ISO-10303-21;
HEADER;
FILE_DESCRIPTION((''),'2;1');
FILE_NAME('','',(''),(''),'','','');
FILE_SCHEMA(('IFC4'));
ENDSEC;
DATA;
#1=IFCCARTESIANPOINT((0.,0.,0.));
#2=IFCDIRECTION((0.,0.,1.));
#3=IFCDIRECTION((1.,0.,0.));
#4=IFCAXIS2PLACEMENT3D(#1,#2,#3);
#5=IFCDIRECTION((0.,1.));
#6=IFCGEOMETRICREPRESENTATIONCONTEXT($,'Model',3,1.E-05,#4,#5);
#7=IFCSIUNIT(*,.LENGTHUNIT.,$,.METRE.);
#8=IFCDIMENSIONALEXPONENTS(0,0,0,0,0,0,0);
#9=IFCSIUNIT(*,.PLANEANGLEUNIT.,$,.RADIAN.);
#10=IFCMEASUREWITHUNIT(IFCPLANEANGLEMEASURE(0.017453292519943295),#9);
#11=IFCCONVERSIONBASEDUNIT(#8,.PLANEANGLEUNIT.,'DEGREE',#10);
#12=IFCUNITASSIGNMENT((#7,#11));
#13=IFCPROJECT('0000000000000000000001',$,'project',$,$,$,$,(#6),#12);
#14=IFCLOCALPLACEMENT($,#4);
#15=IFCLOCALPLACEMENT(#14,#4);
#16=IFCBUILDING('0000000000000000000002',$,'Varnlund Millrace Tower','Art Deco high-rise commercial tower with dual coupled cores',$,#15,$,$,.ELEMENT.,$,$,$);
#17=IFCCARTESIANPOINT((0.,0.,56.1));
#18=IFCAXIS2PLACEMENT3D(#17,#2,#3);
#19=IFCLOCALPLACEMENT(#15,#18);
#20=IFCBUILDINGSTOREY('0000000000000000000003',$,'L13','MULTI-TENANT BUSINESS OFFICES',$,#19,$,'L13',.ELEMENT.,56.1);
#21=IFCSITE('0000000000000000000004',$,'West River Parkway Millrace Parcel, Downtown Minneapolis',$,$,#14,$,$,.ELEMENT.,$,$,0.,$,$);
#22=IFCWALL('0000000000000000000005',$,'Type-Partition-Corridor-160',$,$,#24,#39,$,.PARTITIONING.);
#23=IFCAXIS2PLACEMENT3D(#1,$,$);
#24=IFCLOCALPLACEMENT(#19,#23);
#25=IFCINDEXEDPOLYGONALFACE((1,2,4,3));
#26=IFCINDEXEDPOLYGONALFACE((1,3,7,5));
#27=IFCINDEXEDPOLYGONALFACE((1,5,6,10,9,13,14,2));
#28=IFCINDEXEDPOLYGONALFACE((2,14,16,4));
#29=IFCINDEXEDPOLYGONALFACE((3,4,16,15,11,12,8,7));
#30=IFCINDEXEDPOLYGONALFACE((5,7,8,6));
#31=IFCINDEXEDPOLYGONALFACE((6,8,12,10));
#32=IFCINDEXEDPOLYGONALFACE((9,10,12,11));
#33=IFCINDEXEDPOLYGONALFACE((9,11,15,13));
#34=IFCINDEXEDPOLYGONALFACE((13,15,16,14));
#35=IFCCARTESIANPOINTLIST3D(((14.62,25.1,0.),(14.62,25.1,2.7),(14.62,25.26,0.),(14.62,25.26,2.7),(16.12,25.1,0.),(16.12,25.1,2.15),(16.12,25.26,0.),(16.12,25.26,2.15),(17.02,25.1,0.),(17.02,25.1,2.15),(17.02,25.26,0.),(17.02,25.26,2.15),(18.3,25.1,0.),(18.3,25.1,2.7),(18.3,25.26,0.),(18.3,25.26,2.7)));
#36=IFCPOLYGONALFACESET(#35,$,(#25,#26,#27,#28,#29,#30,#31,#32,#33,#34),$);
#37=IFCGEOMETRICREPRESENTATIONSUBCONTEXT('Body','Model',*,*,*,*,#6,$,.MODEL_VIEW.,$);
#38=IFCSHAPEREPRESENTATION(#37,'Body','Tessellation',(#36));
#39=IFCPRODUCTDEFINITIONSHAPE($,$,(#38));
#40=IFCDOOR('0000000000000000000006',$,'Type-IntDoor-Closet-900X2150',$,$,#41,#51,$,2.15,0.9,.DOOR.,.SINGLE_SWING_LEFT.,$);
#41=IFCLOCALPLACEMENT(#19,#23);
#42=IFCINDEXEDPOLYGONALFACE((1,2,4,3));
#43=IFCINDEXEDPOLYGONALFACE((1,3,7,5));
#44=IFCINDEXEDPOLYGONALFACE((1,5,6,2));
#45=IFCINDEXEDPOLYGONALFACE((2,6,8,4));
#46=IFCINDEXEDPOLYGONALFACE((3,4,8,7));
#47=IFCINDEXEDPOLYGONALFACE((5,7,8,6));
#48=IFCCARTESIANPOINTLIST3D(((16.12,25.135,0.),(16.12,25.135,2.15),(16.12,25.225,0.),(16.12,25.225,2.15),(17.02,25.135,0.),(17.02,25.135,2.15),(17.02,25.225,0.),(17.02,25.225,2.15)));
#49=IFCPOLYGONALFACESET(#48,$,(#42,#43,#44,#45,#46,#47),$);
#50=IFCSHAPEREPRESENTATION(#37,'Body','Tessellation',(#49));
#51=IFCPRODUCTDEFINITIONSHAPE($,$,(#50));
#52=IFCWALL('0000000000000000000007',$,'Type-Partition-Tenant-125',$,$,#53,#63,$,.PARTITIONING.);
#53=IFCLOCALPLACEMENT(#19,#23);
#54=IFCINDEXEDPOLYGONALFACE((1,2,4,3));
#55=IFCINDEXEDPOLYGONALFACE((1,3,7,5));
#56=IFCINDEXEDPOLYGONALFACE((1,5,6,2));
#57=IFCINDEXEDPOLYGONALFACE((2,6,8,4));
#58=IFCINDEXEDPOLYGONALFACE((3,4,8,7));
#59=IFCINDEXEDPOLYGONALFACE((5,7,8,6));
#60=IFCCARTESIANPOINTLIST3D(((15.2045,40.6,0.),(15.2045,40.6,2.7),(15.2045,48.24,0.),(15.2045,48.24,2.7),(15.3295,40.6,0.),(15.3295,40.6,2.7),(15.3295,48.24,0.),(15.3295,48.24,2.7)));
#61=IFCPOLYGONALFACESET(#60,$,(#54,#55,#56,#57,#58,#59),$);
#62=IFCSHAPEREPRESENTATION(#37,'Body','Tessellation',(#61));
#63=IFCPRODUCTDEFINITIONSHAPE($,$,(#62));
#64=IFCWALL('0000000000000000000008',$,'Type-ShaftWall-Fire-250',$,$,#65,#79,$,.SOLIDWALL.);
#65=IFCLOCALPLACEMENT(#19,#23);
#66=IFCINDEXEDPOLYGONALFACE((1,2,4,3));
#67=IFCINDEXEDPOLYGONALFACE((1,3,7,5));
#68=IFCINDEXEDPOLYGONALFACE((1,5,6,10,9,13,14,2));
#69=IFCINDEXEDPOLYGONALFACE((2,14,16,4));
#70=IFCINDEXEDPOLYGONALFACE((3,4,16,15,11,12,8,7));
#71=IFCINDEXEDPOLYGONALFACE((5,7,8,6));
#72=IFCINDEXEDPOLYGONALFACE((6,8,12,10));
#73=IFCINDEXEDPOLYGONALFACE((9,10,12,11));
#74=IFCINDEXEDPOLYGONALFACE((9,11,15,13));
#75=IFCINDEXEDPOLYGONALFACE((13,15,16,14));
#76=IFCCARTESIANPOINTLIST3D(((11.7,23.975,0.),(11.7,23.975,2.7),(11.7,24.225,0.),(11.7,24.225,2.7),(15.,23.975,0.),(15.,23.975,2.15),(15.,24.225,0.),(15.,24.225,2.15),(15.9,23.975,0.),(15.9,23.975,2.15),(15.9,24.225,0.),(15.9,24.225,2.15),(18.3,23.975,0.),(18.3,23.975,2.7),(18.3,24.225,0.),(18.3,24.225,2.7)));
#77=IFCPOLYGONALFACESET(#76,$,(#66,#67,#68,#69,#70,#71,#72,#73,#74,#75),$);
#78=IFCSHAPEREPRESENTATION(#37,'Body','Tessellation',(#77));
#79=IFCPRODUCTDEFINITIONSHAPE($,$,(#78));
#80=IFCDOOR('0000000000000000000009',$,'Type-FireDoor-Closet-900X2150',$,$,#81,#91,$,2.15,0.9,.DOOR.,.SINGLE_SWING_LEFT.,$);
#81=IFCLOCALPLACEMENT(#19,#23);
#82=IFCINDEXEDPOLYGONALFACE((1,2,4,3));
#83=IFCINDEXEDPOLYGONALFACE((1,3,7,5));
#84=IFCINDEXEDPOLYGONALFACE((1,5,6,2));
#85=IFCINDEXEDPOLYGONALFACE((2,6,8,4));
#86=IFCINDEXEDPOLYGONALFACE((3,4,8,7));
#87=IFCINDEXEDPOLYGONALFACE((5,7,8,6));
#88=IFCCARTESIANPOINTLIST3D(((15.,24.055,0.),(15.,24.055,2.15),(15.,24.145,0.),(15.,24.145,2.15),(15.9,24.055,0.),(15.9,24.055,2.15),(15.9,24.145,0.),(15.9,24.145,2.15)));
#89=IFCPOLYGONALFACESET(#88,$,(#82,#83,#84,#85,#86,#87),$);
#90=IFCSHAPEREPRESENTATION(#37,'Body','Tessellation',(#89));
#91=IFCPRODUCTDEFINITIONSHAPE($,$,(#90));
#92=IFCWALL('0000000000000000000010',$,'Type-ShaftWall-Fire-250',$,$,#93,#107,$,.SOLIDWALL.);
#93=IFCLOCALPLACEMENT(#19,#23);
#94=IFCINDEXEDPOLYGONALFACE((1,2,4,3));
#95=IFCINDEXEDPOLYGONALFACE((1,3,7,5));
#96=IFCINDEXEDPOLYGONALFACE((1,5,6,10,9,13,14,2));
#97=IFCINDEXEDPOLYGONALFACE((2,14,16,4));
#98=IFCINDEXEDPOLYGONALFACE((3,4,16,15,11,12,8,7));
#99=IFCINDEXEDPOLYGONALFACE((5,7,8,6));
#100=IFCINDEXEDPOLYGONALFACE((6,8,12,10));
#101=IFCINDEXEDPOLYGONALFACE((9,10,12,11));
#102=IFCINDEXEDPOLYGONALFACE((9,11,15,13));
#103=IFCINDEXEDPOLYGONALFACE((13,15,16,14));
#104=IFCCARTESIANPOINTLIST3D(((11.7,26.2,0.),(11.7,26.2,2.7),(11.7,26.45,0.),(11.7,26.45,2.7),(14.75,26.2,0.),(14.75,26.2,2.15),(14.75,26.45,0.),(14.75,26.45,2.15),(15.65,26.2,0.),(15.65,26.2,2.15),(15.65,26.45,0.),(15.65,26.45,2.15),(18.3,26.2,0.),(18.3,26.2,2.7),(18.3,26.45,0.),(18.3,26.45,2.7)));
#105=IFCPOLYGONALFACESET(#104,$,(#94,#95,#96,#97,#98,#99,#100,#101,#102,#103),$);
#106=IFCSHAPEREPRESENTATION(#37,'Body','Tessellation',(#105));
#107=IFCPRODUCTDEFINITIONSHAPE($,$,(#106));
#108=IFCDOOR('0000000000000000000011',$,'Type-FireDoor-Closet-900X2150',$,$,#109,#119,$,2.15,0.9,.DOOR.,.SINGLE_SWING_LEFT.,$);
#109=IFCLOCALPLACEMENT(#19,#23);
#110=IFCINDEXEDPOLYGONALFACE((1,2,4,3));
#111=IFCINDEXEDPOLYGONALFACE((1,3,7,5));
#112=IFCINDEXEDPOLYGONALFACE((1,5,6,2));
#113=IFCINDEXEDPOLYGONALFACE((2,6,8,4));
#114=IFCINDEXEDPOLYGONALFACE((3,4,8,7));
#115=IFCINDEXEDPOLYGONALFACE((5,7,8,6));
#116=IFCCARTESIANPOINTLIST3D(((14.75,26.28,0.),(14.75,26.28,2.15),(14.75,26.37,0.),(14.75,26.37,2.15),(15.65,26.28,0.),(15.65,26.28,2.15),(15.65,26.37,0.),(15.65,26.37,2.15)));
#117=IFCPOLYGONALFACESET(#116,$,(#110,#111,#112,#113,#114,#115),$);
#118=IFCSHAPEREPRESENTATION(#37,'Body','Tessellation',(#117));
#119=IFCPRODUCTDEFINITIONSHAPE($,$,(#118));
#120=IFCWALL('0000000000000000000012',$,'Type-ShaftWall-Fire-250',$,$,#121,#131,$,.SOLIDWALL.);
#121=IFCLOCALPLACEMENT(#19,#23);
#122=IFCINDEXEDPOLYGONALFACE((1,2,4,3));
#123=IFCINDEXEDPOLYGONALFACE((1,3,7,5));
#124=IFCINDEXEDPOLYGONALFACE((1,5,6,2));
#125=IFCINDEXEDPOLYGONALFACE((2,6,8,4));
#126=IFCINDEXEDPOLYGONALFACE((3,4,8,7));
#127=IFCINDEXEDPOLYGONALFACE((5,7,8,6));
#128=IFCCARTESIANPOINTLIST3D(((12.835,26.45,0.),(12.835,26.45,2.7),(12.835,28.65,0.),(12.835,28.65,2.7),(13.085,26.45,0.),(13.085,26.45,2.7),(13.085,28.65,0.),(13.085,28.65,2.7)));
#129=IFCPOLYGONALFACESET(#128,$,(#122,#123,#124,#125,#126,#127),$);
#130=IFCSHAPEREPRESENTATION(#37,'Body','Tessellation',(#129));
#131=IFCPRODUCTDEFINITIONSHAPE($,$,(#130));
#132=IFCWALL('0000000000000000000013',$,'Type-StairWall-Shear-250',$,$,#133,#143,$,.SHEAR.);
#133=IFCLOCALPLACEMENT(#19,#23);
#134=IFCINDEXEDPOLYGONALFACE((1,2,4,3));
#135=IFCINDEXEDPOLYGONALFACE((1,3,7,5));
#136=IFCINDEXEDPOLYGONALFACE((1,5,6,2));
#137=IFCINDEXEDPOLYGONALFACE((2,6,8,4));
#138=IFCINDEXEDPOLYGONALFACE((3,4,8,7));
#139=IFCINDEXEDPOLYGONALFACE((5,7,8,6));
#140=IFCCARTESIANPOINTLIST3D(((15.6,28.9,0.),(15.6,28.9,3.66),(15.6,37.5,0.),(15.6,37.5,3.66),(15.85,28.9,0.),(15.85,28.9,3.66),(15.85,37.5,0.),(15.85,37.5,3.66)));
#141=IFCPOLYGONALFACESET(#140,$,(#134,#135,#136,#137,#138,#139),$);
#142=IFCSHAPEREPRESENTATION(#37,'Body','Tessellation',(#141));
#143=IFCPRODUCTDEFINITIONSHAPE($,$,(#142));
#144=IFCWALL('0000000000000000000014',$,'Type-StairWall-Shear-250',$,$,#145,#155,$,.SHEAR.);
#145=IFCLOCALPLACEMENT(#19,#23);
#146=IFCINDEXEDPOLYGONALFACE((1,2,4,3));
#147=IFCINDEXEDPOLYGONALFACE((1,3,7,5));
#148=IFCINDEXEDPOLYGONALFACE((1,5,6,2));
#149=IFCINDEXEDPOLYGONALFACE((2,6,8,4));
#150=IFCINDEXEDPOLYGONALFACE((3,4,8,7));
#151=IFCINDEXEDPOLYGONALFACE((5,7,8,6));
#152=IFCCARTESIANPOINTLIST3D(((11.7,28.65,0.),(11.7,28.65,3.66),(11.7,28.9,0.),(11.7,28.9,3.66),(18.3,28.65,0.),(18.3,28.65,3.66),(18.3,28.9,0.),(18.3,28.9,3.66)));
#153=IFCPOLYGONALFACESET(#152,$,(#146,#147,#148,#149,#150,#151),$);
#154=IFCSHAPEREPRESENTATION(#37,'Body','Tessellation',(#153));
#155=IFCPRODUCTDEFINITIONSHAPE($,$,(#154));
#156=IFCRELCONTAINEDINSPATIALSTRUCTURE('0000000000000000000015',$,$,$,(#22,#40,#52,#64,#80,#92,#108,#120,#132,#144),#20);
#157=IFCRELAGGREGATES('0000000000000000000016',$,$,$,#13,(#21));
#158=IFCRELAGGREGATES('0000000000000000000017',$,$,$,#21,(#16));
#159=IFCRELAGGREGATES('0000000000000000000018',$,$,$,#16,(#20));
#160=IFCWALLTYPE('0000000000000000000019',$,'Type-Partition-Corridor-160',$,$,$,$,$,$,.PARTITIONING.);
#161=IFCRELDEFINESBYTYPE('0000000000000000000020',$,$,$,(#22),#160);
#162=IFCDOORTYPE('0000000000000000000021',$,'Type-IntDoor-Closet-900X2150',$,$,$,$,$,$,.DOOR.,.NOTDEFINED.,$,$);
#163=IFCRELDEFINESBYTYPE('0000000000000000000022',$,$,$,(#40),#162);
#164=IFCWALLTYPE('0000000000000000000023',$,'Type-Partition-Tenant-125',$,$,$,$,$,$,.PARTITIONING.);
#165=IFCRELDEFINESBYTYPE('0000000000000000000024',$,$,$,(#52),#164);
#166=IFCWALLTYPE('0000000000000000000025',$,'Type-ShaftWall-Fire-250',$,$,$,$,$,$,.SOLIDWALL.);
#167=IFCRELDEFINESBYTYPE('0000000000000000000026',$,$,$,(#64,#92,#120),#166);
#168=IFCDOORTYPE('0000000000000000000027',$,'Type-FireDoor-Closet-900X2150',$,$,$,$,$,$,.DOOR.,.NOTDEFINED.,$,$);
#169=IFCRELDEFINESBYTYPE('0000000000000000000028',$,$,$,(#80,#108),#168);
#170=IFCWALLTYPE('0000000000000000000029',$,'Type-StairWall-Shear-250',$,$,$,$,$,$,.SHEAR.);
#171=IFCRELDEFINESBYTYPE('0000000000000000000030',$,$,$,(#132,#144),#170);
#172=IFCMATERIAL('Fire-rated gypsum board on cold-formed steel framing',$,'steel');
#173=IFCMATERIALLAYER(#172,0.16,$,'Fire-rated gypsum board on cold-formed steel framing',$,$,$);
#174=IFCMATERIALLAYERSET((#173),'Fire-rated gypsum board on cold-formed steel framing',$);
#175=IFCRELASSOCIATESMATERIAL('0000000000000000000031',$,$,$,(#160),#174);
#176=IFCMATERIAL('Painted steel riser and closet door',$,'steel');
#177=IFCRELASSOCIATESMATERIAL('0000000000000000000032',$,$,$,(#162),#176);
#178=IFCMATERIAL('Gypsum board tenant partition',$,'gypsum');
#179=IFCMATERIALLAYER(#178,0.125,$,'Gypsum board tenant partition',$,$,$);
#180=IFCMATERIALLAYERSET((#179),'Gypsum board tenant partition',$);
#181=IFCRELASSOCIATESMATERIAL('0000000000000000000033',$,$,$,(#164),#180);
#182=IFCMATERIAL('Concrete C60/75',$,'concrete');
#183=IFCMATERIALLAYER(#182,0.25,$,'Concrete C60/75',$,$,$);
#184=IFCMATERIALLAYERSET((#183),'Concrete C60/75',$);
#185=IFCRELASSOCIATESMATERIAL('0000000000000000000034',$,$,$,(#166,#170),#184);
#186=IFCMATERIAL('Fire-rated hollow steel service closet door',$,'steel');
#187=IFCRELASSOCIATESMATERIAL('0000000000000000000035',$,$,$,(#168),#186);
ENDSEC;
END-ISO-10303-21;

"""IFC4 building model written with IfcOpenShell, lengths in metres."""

from ifc_helpers import new_model, entity, si_unit, converted_unit, direction, frame, origin_with_axes, origin_2d_with_axis, place, context, subcontext, project, spatial, polyline, rectangle, outline, extrude, material, layer, layer_set, type_object, element, fill, save


model = new_model("IFC4")

# Units and contexts
model_context = context("Model", 3, precision=1e-05, world=origin_with_axes(), true_north=direction((0.0, 1.0)))
body_context = subcontext(model_context, "Body", "Model", "MODEL_VIEW")
ifc_project = project(units=[si_unit("LENGTHUNIT", "METRE"), converted_unit("PLANEANGLEUNIT", "DEGREE", entity("IfcPlaneAngleMeasure", 0.017453292519943295), si_unit("PLANEANGLEUNIT", "RADIAN"), dimensions=[0, 0, 0, 0, 0, 0, 0])], contexts=[model_context])

# Site, building, storey
site_placement = place(None, origin_with_axes())
site = spatial("IfcSite", under=ifc_project, at=site_placement, Name="West River Parkway Millrace Parcel, Downtown Minneapolis", CompositionType="ELEMENT", RefElevation=0.0)
building_placement = place(site_placement, origin_with_axes())
building = spatial("IfcBuilding", under=site, at=building_placement, Name="Varnlund Millrace Tower", Description="Art Deco high-rise commercial tower with dual coupled cores", CompositionType="ELEMENT")
storey_placement = place(building_placement, frame((0.0, 0.0, 56.1), z_axis=(0.0, 0.0, 1.0), x_axis=(1.0, 0.0, 0.0)))
storey = spatial("IfcBuildingStorey", under=building, at=storey_placement, Name="L13", Description="MULTI-TENANT BUSINESS OFFICES", LongName="L13", CompositionType="ELEMENT", Elevation=56.1)

# Wall, opening, door
ifc_material_1 = material(Name="Fire-rated gypsum board on cold-formed steel framing", Category="steel")
ifc_layer_1 = layer(ifc_material_1, 0.16, Name="Fire-rated gypsum board on cold-formed steel framing")
ifc_layer_set_1 = layer_set([ifc_layer_1], Name="Fire-rated gypsum board on cold-formed steel framing")
wall_type_1 = type_object("IfcWallType", Name="Type-Partition-Corridor-160", PredefinedType="PARTITIONING", material=ifc_layer_set_1)
wall_1_placement = place(storey_placement, frame((14.62, 25.18, 0.0), z_axis=(0.0, 0.0, 1.0), x_axis=(1.0, 0.0, 0.0)))
wall_1 = element("IfcWall", 1, at=wall_1_placement, inside=storey, type_object=wall_type_1, Name="Type-Partition-Corridor-160", PredefinedType="PARTITIONING", context=body_context, shape_type="SweptSolid", body=[
    extrude(outline(polyline([(0.0, -0.08), (3.68, -0.08), (3.68, 0.08), (0.0, 0.08), (0.0, -0.08)])), origin_with_axes(), (0.0, 0.0, 1.0), 2.7),
])
opening_1_placement = place(wall_1_placement, frame((1.95, 0.0, 0.0), z_axis=(0.0, 0.0, 1.0), x_axis=(1.0, 0.0, 0.0)))
opening_1 = element("IfcOpeningElement", 2, at=opening_1_placement, cuts=wall_1, PredefinedType="OPENING", context=body_context, shape_type="SweptSolid", body=[
    extrude(rectangle(XDim=0.9, YDim=0.18, at=origin_2d_with_axis()), origin_with_axes(), (0.0, 0.0, 1.0), 2.15),
])
ifc_material_2 = material(Name="Painted steel riser and closet door", Category="steel")
door_type_1 = type_object("IfcDoorType", Name="Type-IntDoor-Closet-900X2150", OperationType="NOTDEFINED", PredefinedType="DOOR", material=ifc_material_2)
door_1_placement = place(wall_1_placement, frame((1.95, 0.0, 0.0), z_axis=(0.0, 0.0, 1.0), x_axis=(1.0, 0.0, 0.0)))
door_1 = element("IfcDoor", 3, at=door_1_placement, inside=storey, type_object=door_type_1, Name="Type-IntDoor-Closet-900X2150", OperationType="SINGLE_SWING_LEFT", OverallHeight=2.15, OverallWidth=0.9, PredefinedType="DOOR", context=body_context, shape_type="SweptSolid", body=[
    extrude(rectangle(XDim=0.9, YDim=0.09, at=origin_2d_with_axis()), origin_with_axes(), (0.0, 0.0, 1.0), 2.15),
])
fill(opening_1, door_1)

# Wall
ifc_material_3 = material(Name="Gypsum board tenant partition", Category="gypsum")
ifc_layer_2 = layer(ifc_material_3, 0.125, Name="Gypsum board tenant partition")
ifc_layer_set_2 = layer_set([ifc_layer_2], Name="Gypsum board tenant partition")
wall_type_2 = type_object("IfcWallType", Name="Type-Partition-Tenant-125", PredefinedType="PARTITIONING", material=ifc_layer_set_2)
wall_2_placement = place(storey_placement, frame((15.267, 40.6, 0.0), z_axis=(0.0, 0.0, 1.0), x_axis=(0.0, 1.0, 0.0)))
element("IfcWall", 4, at=wall_2_placement, inside=storey, type_object=wall_type_2, Name="Type-Partition-Tenant-125", PredefinedType="PARTITIONING", context=body_context, shape_type="SweptSolid", body=[
    extrude(outline(polyline([(0.0, -0.0625), (7.64, -0.0625), (7.64, 0.0625), (0.0, 0.0625), (0.0, -0.0625)])), origin_with_axes(), (0.0, 0.0, 1.0), 2.7),
])

# Walls, openings, doors
ifc_material_4 = material(Name="Concrete C60/75", Category="concrete")
ifc_layer_3 = layer(ifc_material_4, 0.25, Name="Concrete C60/75")
ifc_layer_set_3 = layer_set([ifc_layer_3], Name="Concrete C60/75")
wall_type_3 = type_object("IfcWallType", Name="Type-ShaftWall-Fire-250", PredefinedType="SOLIDWALL", material=ifc_layer_set_3)
wall_3_placement = place(storey_placement, frame((11.7, 24.1, 0.0), z_axis=(0.0, 0.0, 1.0), x_axis=(1.0, 0.0, 0.0)))
wall_3 = element("IfcWall", 5, at=wall_3_placement, inside=storey, type_object=wall_type_3, Name="Type-ShaftWall-Fire-250", PredefinedType="SOLIDWALL", context=body_context, shape_type="SweptSolid", body=[
    extrude(outline(polyline([(0.0, -0.125), (6.6, -0.125), (6.6, 0.125), (0.0, 0.125), (0.0, -0.125)])), origin_with_axes(), (0.0, 0.0, 1.0), 2.7),
])
opening_2_placement = place(wall_3_placement, frame((3.75, 0.0, 0.0), z_axis=(0.0, 0.0, 1.0), x_axis=(1.0, 0.0, 0.0)))
opening_2 = element("IfcOpeningElement", 6, at=opening_2_placement, cuts=wall_3, PredefinedType="OPENING", context=body_context, shape_type="SweptSolid", body=[
    extrude(rectangle(XDim=0.9, YDim=0.27, at=origin_2d_with_axis()), origin_with_axes(), (0.0, 0.0, 1.0), 2.15),
])
ifc_material_5 = material(Name="Fire-rated hollow steel service closet door", Category="steel")
door_type_2 = type_object("IfcDoorType", Name="Type-FireDoor-Closet-900X2150", OperationType="NOTDEFINED", PredefinedType="DOOR", material=ifc_material_5)
door_2_placement = place(wall_3_placement, frame((3.75, 0.0, 0.0), z_axis=(0.0, 0.0, 1.0), x_axis=(1.0, 0.0, 0.0)))
door_2 = element("IfcDoor", 7, at=door_2_placement, inside=storey, type_object=door_type_2, Name="Type-FireDoor-Closet-900X2150", OperationType="SINGLE_SWING_LEFT", OverallHeight=2.15, OverallWidth=0.9, PredefinedType="DOOR", context=body_context, shape_type="SweptSolid", body=[
    extrude(rectangle(XDim=0.9, YDim=0.09, at=origin_2d_with_axis()), origin_with_axes(), (0.0, 0.0, 1.0), 2.15),
])
fill(opening_2, door_2)
wall_4_placement = place(storey_placement, frame((11.7, 26.325, 0.0), z_axis=(0.0, 0.0, 1.0), x_axis=(1.0, 0.0, 0.0)))
wall_4 = element("IfcWall", 8, at=wall_4_placement, inside=storey, type_object=wall_type_3, Name="Type-ShaftWall-Fire-250", PredefinedType="SOLIDWALL", context=body_context, shape_type="SweptSolid", body=[
    extrude(outline(polyline([(0.0, -0.125), (6.6, -0.125), (6.6, 0.125), (0.0, 0.125), (0.0, -0.125)])), origin_with_axes(), (0.0, 0.0, 1.0), 2.7),
])
opening_3_placement = place(wall_4_placement, frame((3.5, 0.0, 0.0), z_axis=(0.0, 0.0, 1.0), x_axis=(1.0, 0.0, 0.0)))
opening_3 = element("IfcOpeningElement", 9, at=opening_3_placement, cuts=wall_4, PredefinedType="OPENING", context=body_context, shape_type="SweptSolid", body=[
    extrude(rectangle(XDim=0.9, YDim=0.27, at=origin_2d_with_axis()), origin_with_axes(), (0.0, 0.0, 1.0), 2.15),
])
door_3_placement = place(wall_4_placement, frame((3.5, 0.0, 0.0), z_axis=(0.0, 0.0, 1.0), x_axis=(1.0, 0.0, 0.0)))
door_3 = element("IfcDoor", 10, at=door_3_placement, inside=storey, type_object=door_type_2, Name="Type-FireDoor-Closet-900X2150", OperationType="SINGLE_SWING_LEFT", OverallHeight=2.15, OverallWidth=0.9, PredefinedType="DOOR", context=body_context, shape_type="SweptSolid", body=[
    extrude(rectangle(XDim=0.9, YDim=0.09, at=origin_2d_with_axis()), origin_with_axes(), (0.0, 0.0, 1.0), 2.15),
])
fill(opening_3, door_3)

# Walls
wall_5_placement = place(storey_placement, frame((12.96, 26.45, 0.0), z_axis=(0.0, 0.0, 1.0), x_axis=(0.0, 1.0, 0.0)))
element("IfcWall", 11, at=wall_5_placement, inside=storey, type_object=wall_type_3, Name="Type-ShaftWall-Fire-250", PredefinedType="SOLIDWALL", context=body_context, shape_type="SweptSolid", body=[
    extrude(outline(polyline([(0.0, -0.125), (2.2, -0.125), (2.2, 0.125), (0.0, 0.125), (0.0, -0.125)])), origin_with_axes(), (0.0, 0.0, 1.0), 2.7),
])
wall_type_4 = type_object("IfcWallType", Name="Type-StairWall-Shear-250", PredefinedType="SHEAR", material=ifc_layer_set_3)
wall_6_placement = place(storey_placement, frame((15.725, 28.9, 0.0), z_axis=(0.0, 0.0, 1.0), x_axis=(0.0, 1.0, 0.0)))
element("IfcWall", 12, at=wall_6_placement, inside=storey, type_object=wall_type_4, Name="Type-StairWall-Shear-250", PredefinedType="SHEAR", context=body_context, shape_type="SweptSolid", body=[
    extrude(outline(polyline([(0.0, -0.125), (8.6, -0.125), (8.6, 0.125), (0.0, 0.125), (0.0, -0.125)])), origin_with_axes(), (0.0, 0.0, 1.0), 3.66),
])
wall_7_placement = place(storey_placement, frame((11.7, 28.775, 0.0), z_axis=(0.0, 0.0, 1.0), x_axis=(1.0, 0.0, 0.0)))
element("IfcWall", 13, at=wall_7_placement, inside=storey, type_object=wall_type_4, Name="Type-StairWall-Shear-250", PredefinedType="SHEAR", context=body_context, shape_type="SweptSolid", body=[
    extrude(outline(polyline([(0.0, -0.125), (6.6, -0.125), (6.6, 0.125), (0.0, 0.125), (0.0, -0.125)])), origin_with_axes(), (0.0, 0.0, 1.0), 3.66),
])

save(model, "model.ifc")
